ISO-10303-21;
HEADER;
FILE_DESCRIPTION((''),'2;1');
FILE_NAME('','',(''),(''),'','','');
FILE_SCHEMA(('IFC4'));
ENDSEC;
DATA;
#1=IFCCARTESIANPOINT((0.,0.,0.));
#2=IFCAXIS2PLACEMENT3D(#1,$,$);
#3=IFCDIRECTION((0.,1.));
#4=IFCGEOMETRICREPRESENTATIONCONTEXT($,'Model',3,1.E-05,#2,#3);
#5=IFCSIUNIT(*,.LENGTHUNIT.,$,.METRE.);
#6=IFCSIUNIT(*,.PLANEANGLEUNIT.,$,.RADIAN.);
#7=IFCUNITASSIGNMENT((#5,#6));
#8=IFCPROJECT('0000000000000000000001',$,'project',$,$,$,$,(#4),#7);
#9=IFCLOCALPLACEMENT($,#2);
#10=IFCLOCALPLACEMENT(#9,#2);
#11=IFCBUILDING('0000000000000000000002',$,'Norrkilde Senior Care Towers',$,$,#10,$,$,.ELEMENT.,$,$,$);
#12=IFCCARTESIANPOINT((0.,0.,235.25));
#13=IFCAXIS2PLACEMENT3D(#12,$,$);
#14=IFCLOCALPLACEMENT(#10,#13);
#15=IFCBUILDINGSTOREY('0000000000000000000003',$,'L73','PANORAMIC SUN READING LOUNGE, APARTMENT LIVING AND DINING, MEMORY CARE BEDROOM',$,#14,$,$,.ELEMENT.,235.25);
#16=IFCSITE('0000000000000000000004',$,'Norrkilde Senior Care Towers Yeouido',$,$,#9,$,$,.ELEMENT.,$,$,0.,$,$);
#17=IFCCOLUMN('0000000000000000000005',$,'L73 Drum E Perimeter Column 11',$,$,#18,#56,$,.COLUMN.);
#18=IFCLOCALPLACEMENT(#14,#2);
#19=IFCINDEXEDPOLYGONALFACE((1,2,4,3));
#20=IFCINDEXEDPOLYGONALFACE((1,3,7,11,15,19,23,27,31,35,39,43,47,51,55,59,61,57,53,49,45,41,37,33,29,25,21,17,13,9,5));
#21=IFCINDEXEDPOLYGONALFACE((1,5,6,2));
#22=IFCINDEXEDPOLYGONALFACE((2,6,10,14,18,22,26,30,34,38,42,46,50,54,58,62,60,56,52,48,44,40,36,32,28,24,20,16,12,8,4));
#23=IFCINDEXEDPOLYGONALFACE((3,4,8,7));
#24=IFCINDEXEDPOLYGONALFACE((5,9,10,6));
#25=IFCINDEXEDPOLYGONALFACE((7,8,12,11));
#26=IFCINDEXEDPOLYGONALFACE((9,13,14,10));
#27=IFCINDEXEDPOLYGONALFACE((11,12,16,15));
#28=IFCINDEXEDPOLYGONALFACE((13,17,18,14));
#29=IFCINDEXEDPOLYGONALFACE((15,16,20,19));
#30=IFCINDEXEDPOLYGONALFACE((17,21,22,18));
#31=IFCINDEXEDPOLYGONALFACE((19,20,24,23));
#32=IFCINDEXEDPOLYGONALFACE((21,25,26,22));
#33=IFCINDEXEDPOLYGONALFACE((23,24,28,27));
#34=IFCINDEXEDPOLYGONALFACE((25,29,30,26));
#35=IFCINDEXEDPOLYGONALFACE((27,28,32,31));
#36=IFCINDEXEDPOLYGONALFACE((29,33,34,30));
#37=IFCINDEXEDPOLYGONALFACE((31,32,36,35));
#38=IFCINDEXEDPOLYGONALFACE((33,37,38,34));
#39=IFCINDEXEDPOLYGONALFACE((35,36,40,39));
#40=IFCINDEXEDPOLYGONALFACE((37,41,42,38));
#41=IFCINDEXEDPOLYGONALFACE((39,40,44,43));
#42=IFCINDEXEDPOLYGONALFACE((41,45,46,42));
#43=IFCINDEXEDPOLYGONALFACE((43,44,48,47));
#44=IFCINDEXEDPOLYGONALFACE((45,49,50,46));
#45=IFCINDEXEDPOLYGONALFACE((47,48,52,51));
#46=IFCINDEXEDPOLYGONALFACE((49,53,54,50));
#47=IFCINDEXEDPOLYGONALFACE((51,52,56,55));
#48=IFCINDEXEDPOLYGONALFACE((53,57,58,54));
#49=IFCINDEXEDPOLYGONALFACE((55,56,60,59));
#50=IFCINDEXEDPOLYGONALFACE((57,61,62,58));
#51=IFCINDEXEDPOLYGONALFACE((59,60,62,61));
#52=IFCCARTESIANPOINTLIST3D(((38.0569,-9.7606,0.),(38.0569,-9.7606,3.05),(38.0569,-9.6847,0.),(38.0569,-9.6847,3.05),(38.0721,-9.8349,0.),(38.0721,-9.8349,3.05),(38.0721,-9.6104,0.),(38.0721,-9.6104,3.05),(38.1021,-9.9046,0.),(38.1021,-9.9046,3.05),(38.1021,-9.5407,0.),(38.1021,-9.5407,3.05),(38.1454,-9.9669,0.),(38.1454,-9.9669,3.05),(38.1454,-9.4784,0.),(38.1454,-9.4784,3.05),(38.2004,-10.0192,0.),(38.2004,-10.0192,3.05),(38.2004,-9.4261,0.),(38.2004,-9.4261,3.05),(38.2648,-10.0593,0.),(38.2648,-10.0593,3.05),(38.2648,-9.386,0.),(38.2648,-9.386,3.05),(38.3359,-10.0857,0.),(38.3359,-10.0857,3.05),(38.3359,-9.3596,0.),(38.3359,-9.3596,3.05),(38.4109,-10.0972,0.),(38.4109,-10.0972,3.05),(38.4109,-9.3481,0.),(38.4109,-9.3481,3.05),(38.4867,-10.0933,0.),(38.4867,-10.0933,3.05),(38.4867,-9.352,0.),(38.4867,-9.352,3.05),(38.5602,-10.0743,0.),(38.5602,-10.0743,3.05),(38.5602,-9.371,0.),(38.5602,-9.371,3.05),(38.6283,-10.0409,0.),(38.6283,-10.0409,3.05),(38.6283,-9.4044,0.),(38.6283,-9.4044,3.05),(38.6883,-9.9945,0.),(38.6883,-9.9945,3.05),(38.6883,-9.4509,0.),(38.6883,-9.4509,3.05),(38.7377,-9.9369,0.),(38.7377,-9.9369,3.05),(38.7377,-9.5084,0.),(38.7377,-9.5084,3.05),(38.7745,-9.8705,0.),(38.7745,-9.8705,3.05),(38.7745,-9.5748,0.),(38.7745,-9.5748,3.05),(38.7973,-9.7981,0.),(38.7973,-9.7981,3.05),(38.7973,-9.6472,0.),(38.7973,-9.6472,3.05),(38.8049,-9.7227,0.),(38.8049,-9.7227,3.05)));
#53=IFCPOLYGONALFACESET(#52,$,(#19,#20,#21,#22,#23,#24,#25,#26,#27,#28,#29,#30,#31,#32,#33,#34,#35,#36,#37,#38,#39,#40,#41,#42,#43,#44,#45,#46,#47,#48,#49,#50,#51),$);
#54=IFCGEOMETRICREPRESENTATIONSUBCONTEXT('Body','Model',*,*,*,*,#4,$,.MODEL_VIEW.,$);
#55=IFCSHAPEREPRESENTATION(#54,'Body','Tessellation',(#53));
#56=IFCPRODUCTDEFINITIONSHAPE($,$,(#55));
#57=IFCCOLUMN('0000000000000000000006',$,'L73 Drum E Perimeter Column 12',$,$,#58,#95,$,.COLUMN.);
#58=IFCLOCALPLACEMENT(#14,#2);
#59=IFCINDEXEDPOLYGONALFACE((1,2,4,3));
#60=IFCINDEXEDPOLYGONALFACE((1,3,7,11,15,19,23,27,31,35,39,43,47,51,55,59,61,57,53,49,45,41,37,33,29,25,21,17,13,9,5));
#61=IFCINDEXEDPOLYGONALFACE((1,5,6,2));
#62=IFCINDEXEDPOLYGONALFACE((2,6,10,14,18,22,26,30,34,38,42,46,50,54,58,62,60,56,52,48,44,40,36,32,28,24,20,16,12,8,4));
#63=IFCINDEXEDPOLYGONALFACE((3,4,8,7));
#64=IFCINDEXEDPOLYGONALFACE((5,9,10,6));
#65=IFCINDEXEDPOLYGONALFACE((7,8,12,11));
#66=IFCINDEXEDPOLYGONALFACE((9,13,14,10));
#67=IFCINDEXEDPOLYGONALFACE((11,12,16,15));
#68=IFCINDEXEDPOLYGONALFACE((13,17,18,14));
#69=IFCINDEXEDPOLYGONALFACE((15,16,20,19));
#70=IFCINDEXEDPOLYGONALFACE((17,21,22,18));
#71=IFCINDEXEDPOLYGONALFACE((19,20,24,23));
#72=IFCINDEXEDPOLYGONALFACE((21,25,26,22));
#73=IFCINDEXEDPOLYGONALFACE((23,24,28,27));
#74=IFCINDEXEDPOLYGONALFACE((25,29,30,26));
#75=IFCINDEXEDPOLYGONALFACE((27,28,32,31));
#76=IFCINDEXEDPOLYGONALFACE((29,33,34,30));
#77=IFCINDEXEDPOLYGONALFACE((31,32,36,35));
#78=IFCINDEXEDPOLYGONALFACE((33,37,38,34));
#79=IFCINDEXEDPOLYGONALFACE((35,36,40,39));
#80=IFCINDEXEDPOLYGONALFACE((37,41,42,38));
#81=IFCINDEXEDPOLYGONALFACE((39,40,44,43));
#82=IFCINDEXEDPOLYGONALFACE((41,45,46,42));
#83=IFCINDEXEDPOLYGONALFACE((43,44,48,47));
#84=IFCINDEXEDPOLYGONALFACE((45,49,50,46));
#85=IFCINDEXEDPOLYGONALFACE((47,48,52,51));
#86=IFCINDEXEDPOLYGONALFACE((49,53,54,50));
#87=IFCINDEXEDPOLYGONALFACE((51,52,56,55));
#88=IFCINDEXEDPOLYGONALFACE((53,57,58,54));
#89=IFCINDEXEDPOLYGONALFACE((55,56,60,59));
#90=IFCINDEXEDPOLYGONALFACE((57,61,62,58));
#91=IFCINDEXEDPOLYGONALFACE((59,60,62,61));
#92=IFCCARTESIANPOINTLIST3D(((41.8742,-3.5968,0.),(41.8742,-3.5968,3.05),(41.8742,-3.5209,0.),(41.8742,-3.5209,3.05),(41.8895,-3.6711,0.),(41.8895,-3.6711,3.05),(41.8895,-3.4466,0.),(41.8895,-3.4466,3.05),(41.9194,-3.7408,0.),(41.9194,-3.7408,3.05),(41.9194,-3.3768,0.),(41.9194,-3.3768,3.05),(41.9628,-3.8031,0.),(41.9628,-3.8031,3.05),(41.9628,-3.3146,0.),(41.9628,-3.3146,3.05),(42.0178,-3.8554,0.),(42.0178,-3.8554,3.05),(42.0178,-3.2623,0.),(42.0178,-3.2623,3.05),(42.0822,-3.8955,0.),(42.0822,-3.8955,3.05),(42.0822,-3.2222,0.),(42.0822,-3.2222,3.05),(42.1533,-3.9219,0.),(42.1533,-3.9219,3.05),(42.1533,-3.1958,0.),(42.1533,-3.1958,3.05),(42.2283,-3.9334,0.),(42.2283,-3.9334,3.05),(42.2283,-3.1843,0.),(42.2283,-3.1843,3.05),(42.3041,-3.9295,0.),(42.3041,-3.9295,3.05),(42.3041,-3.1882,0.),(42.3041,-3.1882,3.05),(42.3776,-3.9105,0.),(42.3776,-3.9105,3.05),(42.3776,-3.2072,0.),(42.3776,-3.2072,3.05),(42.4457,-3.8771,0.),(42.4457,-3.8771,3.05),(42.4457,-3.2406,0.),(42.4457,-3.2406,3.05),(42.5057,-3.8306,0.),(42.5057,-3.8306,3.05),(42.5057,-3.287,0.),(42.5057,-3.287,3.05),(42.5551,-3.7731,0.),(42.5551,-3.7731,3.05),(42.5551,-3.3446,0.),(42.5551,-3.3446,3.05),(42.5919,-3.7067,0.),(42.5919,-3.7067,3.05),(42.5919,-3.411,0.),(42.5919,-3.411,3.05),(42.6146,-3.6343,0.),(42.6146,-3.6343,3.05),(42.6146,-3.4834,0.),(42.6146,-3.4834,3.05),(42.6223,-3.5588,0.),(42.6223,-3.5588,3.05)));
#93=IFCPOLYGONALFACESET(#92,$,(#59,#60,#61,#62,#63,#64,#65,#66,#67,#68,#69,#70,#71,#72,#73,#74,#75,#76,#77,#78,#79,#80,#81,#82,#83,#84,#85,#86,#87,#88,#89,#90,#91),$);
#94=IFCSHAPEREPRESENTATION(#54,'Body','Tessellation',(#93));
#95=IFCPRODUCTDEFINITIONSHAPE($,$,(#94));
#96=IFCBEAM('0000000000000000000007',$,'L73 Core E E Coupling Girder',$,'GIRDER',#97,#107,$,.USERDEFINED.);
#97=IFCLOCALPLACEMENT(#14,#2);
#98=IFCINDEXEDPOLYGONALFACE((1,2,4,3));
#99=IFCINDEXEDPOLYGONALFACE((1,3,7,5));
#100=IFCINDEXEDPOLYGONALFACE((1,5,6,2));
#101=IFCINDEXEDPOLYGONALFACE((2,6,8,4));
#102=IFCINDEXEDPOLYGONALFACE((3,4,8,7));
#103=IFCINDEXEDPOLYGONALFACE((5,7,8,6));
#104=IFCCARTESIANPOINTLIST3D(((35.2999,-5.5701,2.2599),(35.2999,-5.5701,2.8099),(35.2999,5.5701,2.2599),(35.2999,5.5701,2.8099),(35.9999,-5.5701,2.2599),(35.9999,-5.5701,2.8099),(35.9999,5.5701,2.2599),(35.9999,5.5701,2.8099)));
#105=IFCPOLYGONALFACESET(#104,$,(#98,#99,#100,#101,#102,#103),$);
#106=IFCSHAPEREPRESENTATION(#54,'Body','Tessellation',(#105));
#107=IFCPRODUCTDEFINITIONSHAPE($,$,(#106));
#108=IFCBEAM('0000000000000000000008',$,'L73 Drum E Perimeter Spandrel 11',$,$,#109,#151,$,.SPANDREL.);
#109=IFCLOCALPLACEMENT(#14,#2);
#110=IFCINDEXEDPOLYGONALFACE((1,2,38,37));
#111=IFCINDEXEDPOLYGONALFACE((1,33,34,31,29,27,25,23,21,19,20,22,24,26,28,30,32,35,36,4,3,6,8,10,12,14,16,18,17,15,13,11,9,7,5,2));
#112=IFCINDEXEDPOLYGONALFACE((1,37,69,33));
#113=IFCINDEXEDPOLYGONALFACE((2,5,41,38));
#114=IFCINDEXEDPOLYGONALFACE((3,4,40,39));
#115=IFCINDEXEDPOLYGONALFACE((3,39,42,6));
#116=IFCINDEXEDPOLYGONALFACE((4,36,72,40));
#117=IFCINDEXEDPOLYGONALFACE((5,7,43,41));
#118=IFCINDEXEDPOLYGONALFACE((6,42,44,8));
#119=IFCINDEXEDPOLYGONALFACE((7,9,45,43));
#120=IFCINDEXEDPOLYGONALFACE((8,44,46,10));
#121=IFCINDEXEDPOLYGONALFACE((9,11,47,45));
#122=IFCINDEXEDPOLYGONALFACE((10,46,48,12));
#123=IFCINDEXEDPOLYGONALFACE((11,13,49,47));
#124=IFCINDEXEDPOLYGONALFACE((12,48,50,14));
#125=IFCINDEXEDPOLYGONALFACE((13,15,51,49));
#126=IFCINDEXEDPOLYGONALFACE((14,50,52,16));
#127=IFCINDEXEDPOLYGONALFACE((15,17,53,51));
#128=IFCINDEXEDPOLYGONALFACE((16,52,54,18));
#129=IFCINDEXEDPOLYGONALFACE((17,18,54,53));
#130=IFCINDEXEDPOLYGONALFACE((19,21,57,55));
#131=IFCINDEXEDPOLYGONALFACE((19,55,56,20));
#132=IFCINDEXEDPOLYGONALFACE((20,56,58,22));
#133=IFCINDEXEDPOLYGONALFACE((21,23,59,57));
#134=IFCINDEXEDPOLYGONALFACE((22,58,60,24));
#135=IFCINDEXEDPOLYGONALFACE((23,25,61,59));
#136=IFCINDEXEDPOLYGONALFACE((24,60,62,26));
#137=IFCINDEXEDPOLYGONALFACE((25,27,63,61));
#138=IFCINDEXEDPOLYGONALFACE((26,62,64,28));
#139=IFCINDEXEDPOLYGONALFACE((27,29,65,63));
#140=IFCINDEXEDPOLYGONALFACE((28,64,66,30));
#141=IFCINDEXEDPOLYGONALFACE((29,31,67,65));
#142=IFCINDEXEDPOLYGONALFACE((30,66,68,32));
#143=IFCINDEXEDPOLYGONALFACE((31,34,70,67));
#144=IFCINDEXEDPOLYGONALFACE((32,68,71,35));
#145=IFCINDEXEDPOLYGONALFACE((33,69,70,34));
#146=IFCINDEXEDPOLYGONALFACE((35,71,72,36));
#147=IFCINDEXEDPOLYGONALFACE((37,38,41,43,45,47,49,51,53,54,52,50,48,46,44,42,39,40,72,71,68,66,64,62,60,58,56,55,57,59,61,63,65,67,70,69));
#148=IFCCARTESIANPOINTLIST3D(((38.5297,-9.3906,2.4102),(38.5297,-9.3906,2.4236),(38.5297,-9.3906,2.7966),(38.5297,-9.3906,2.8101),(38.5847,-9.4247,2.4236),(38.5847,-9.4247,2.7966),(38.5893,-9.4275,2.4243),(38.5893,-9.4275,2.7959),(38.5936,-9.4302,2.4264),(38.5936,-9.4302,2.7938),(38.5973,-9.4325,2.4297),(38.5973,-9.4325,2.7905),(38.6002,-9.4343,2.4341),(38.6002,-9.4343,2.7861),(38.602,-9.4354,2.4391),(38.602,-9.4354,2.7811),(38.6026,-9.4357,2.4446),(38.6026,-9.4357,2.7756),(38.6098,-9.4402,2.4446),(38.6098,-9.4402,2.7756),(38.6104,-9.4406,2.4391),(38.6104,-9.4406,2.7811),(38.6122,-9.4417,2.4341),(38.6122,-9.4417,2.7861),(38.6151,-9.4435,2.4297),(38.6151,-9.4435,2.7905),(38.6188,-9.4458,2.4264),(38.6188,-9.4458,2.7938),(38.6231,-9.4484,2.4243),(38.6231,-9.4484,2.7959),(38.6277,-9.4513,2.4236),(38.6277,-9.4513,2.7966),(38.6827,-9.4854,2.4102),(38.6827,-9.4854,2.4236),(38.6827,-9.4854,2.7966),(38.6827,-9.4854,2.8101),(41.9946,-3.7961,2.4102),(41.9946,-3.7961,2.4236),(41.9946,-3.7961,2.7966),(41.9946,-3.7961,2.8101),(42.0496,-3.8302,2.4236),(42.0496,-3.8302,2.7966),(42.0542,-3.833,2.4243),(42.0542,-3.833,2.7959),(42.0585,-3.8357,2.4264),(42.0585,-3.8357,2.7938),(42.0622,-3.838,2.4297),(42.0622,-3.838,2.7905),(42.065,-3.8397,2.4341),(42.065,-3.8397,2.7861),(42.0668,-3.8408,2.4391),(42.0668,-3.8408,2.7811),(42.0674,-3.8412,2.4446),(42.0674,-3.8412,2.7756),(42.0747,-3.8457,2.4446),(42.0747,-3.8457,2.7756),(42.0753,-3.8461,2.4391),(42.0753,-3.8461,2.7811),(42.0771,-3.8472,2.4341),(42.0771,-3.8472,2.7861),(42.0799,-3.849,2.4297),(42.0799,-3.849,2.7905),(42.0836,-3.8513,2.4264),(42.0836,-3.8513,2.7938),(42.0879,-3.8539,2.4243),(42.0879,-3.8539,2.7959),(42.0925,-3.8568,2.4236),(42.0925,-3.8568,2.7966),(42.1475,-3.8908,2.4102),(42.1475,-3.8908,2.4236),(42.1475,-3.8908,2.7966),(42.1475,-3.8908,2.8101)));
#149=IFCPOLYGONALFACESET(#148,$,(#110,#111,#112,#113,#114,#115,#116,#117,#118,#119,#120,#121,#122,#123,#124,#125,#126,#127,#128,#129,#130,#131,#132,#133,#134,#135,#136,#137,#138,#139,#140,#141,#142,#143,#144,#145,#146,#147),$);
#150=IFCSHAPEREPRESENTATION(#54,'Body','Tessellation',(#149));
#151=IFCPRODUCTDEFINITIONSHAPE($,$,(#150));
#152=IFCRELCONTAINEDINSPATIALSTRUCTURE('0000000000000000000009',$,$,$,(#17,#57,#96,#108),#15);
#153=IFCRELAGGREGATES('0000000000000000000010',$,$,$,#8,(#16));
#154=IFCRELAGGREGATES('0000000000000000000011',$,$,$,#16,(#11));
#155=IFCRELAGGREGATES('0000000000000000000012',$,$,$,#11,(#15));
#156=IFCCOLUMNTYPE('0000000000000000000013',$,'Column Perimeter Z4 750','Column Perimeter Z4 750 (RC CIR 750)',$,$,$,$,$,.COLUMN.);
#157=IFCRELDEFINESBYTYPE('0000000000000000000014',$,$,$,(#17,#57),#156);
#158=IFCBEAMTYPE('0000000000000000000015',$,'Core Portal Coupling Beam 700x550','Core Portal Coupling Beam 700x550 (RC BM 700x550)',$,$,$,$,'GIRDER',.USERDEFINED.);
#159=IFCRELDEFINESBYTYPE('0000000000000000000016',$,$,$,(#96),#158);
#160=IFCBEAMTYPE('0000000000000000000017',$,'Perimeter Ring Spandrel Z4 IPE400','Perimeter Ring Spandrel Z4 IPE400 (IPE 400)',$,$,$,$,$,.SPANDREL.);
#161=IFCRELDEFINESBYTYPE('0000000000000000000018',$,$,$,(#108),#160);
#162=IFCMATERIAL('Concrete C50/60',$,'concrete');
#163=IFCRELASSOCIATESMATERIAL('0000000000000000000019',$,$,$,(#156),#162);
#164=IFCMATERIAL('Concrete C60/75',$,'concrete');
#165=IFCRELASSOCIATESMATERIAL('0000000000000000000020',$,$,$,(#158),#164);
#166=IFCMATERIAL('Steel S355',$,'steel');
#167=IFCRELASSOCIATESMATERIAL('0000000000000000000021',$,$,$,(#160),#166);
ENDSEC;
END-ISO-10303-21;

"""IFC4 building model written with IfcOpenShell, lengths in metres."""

from ifc_helpers import new_model, si_unit, direction, frame, origin, origin_2d, place, context, subcontext, project, spatial, rectangle, circle, i_section, extrude, source, transform, mapped, material, material_profile, profile_set, type_object, type_shapes, element, save


model = new_model("IFC4")

# Units and contexts
model_context = context("Model", 3, precision=1e-05, world=origin(), true_north=direction((0.0, 1.0)))
body_context = subcontext(model_context, "Body", "Model", "MODEL_VIEW")
ifc_project = project(units=[si_unit("LENGTHUNIT", "METRE"), si_unit("PLANEANGLEUNIT", "RADIAN")], contexts=[model_context])

# Site, building, storey
site_placement = place(None, origin())
site = spatial("IfcSite", under=ifc_project, at=site_placement, Name="Norrkilde Senior Care Towers Yeouido", CompositionType="ELEMENT", RefElevation=0.0)
building_placement = place(site_placement, origin())
building = spatial("IfcBuilding", under=site, at=building_placement, Name="Norrkilde Senior Care Towers", CompositionType="ELEMENT")
storey_placement = place(building_placement, frame((0.0, 0.0, 235.25)))
storey = spatial("IfcBuildingStorey", under=building, at=storey_placement, Name="L73", Description="PANORAMIC SUN READING LOUNGE, APARTMENT LIVING AND DINING, MEMORY CARE BEDROOM", CompositionType="ELEMENT", Elevation=235.25)

# Columns
ifc_material_1 = material(Name="Concrete C50/60", Category="concrete")
ifc_material_profile_1 = material_profile(ifc_material_1, circle(Radius=0.375, at=origin_2d()), Name="RC CIR 750")
ifc_profile_set_1 = profile_set([ifc_material_profile_1], Name="Concrete C50/60")
column_type = type_object("IfcColumnType", Name="Column Perimeter Z4 750", Description="Column Perimeter Z4 750 (RC CIR 750)", PredefinedType="COLUMN", material=ifc_profile_set_1)
shared_shape_1 = source(origin(), body_context, "Body", "SweptSolid", [
    extrude(circle(Radius=0.375, at=origin_2d()), origin(), (0.0, 0.0, 1.0), 3.05),
])
type_shapes(column_type, [shared_shape_1])
for number, where, z_axis, x_axis, name in (
    (1, (38.4299, -9.7227, 0.0), (0.0, 0.0, 1.0), (1.0, 0.0, 0.0), "L73 Drum E Perimeter Column 11"),
    (2, (42.2473, -3.5588, 0.0), (0.0, 0.0, 1.0), (1.0, 0.0, 0.0), "L73 Drum E Perimeter Column 12"),
):
    element("IfcColumn", number, at=place(storey_placement, frame(where, z_axis=z_axis, x_axis=x_axis)), inside=storey, type_object=column_type, Name=name, PredefinedType="COLUMN", context=body_context, shape_type="MappedRepresentation", body=[
        mapped(shared_shape_1, transform((0.0, 0.0, 0.0), x_axis=(1.0, 0.0, 0.0), y_axis=(0.0, 1.0, 0.0), z_axis=(0.0, 0.0, 1.0), scale=1.0)),
    ])

# Beams
ifc_material_2 = material(Name="Concrete C60/75", Category="concrete")
ifc_material_profile_2 = material_profile(ifc_material_2, rectangle(XDim=0.7, YDim=0.55, at=origin_2d()), Name="RC BM 700x550")
ifc_profile_set_2 = profile_set([ifc_material_profile_2], Name="Concrete C60/75")
beam_type_1 = type_object("IfcBeamType", Name="Core Portal Coupling Beam 700x550", Description="Core Portal Coupling Beam 700x550 (RC BM 700x550)", ElementType="GIRDER", PredefinedType="USERDEFINED", material=ifc_profile_set_2)
shared_shape_2 = source(origin(), body_context, "Body", "SweptSolid", [
    extrude(rectangle(XDim=0.7, YDim=0.55, at=origin_2d()), origin(), (0.0, 0.0, 1.0), 11.1401),
])
type_shapes(beam_type_1, [shared_shape_2])
beam_1_placement = place(storey_placement, frame((35.6499, -5.5701, 2.5349), z_axis=(0.0, 1.0, 0.0), x_axis=(-1.0, 0.0, 0.0)))
element("IfcBeam", 3, at=beam_1_placement, inside=storey, type_object=beam_type_1, Name="L73 Core E E Coupling Girder", ObjectType="GIRDER", PredefinedType="USERDEFINED", context=body_context, shape_type="MappedRepresentation", body=[
    mapped(shared_shape_2, transform((0.0, 0.0, 0.0), x_axis=(1.0, 0.0, 0.0), y_axis=(0.0, 1.0, 0.0), z_axis=(0.0, 0.0, 1.0), scale=1.0)),
])
ifc_material_3 = material(Name="Steel S355", Category="steel")
ifc_material_profile_3 = material_profile(ifc_material_3, i_section(OverallWidth=0.1799, OverallDepth=0.3999, WebThickness=0.0085, FlangeThickness=0.0134, FilletRadius=0.021, at=origin_2d()), Name="IPE 400")
ifc_profile_set_3 = profile_set([ifc_material_profile_3], Name="Steel S355")
beam_type_2 = type_object("IfcBeamType", Name="Perimeter Ring Spandrel Z4 IPE400", Description="Perimeter Ring Spandrel Z4 IPE400 (IPE 400)", PredefinedType="SPANDREL", material=ifc_profile_set_3)
shared_shape_3 = source(origin(), body_context, "Body", "SweptSolid", [
    extrude(i_section(OverallWidth=0.1799, OverallDepth=0.3999, WebThickness=0.0085, FlangeThickness=0.0134, FilletRadius=0.021, at=origin_2d()), origin(), (0.0, 0.0, 1.0), 6.5806),
])
beam_2_placement = place(storey_placement, frame((38.6062, -9.438, 2.6101), z_axis=(0.52653, 0.850157, 0.0), x_axis=(-0.850157, 0.52653, 0.0)))
element("IfcBeam", 4, at=beam_2_placement, inside=storey, type_object=beam_type_2, Name="L73 Drum E Perimeter Spandrel 11", PredefinedType="SPANDREL", context=body_context, shape_type="MappedRepresentation", body=[
    mapped(shared_shape_3, transform((0.0, 0.0, 0.0), x_axis=(1.0, 0.0, 0.0), y_axis=(0.0, 1.0, 0.0), z_axis=(0.0, 0.0, 1.0), scale=1.0)),
])

save(model, "model.ifc")
